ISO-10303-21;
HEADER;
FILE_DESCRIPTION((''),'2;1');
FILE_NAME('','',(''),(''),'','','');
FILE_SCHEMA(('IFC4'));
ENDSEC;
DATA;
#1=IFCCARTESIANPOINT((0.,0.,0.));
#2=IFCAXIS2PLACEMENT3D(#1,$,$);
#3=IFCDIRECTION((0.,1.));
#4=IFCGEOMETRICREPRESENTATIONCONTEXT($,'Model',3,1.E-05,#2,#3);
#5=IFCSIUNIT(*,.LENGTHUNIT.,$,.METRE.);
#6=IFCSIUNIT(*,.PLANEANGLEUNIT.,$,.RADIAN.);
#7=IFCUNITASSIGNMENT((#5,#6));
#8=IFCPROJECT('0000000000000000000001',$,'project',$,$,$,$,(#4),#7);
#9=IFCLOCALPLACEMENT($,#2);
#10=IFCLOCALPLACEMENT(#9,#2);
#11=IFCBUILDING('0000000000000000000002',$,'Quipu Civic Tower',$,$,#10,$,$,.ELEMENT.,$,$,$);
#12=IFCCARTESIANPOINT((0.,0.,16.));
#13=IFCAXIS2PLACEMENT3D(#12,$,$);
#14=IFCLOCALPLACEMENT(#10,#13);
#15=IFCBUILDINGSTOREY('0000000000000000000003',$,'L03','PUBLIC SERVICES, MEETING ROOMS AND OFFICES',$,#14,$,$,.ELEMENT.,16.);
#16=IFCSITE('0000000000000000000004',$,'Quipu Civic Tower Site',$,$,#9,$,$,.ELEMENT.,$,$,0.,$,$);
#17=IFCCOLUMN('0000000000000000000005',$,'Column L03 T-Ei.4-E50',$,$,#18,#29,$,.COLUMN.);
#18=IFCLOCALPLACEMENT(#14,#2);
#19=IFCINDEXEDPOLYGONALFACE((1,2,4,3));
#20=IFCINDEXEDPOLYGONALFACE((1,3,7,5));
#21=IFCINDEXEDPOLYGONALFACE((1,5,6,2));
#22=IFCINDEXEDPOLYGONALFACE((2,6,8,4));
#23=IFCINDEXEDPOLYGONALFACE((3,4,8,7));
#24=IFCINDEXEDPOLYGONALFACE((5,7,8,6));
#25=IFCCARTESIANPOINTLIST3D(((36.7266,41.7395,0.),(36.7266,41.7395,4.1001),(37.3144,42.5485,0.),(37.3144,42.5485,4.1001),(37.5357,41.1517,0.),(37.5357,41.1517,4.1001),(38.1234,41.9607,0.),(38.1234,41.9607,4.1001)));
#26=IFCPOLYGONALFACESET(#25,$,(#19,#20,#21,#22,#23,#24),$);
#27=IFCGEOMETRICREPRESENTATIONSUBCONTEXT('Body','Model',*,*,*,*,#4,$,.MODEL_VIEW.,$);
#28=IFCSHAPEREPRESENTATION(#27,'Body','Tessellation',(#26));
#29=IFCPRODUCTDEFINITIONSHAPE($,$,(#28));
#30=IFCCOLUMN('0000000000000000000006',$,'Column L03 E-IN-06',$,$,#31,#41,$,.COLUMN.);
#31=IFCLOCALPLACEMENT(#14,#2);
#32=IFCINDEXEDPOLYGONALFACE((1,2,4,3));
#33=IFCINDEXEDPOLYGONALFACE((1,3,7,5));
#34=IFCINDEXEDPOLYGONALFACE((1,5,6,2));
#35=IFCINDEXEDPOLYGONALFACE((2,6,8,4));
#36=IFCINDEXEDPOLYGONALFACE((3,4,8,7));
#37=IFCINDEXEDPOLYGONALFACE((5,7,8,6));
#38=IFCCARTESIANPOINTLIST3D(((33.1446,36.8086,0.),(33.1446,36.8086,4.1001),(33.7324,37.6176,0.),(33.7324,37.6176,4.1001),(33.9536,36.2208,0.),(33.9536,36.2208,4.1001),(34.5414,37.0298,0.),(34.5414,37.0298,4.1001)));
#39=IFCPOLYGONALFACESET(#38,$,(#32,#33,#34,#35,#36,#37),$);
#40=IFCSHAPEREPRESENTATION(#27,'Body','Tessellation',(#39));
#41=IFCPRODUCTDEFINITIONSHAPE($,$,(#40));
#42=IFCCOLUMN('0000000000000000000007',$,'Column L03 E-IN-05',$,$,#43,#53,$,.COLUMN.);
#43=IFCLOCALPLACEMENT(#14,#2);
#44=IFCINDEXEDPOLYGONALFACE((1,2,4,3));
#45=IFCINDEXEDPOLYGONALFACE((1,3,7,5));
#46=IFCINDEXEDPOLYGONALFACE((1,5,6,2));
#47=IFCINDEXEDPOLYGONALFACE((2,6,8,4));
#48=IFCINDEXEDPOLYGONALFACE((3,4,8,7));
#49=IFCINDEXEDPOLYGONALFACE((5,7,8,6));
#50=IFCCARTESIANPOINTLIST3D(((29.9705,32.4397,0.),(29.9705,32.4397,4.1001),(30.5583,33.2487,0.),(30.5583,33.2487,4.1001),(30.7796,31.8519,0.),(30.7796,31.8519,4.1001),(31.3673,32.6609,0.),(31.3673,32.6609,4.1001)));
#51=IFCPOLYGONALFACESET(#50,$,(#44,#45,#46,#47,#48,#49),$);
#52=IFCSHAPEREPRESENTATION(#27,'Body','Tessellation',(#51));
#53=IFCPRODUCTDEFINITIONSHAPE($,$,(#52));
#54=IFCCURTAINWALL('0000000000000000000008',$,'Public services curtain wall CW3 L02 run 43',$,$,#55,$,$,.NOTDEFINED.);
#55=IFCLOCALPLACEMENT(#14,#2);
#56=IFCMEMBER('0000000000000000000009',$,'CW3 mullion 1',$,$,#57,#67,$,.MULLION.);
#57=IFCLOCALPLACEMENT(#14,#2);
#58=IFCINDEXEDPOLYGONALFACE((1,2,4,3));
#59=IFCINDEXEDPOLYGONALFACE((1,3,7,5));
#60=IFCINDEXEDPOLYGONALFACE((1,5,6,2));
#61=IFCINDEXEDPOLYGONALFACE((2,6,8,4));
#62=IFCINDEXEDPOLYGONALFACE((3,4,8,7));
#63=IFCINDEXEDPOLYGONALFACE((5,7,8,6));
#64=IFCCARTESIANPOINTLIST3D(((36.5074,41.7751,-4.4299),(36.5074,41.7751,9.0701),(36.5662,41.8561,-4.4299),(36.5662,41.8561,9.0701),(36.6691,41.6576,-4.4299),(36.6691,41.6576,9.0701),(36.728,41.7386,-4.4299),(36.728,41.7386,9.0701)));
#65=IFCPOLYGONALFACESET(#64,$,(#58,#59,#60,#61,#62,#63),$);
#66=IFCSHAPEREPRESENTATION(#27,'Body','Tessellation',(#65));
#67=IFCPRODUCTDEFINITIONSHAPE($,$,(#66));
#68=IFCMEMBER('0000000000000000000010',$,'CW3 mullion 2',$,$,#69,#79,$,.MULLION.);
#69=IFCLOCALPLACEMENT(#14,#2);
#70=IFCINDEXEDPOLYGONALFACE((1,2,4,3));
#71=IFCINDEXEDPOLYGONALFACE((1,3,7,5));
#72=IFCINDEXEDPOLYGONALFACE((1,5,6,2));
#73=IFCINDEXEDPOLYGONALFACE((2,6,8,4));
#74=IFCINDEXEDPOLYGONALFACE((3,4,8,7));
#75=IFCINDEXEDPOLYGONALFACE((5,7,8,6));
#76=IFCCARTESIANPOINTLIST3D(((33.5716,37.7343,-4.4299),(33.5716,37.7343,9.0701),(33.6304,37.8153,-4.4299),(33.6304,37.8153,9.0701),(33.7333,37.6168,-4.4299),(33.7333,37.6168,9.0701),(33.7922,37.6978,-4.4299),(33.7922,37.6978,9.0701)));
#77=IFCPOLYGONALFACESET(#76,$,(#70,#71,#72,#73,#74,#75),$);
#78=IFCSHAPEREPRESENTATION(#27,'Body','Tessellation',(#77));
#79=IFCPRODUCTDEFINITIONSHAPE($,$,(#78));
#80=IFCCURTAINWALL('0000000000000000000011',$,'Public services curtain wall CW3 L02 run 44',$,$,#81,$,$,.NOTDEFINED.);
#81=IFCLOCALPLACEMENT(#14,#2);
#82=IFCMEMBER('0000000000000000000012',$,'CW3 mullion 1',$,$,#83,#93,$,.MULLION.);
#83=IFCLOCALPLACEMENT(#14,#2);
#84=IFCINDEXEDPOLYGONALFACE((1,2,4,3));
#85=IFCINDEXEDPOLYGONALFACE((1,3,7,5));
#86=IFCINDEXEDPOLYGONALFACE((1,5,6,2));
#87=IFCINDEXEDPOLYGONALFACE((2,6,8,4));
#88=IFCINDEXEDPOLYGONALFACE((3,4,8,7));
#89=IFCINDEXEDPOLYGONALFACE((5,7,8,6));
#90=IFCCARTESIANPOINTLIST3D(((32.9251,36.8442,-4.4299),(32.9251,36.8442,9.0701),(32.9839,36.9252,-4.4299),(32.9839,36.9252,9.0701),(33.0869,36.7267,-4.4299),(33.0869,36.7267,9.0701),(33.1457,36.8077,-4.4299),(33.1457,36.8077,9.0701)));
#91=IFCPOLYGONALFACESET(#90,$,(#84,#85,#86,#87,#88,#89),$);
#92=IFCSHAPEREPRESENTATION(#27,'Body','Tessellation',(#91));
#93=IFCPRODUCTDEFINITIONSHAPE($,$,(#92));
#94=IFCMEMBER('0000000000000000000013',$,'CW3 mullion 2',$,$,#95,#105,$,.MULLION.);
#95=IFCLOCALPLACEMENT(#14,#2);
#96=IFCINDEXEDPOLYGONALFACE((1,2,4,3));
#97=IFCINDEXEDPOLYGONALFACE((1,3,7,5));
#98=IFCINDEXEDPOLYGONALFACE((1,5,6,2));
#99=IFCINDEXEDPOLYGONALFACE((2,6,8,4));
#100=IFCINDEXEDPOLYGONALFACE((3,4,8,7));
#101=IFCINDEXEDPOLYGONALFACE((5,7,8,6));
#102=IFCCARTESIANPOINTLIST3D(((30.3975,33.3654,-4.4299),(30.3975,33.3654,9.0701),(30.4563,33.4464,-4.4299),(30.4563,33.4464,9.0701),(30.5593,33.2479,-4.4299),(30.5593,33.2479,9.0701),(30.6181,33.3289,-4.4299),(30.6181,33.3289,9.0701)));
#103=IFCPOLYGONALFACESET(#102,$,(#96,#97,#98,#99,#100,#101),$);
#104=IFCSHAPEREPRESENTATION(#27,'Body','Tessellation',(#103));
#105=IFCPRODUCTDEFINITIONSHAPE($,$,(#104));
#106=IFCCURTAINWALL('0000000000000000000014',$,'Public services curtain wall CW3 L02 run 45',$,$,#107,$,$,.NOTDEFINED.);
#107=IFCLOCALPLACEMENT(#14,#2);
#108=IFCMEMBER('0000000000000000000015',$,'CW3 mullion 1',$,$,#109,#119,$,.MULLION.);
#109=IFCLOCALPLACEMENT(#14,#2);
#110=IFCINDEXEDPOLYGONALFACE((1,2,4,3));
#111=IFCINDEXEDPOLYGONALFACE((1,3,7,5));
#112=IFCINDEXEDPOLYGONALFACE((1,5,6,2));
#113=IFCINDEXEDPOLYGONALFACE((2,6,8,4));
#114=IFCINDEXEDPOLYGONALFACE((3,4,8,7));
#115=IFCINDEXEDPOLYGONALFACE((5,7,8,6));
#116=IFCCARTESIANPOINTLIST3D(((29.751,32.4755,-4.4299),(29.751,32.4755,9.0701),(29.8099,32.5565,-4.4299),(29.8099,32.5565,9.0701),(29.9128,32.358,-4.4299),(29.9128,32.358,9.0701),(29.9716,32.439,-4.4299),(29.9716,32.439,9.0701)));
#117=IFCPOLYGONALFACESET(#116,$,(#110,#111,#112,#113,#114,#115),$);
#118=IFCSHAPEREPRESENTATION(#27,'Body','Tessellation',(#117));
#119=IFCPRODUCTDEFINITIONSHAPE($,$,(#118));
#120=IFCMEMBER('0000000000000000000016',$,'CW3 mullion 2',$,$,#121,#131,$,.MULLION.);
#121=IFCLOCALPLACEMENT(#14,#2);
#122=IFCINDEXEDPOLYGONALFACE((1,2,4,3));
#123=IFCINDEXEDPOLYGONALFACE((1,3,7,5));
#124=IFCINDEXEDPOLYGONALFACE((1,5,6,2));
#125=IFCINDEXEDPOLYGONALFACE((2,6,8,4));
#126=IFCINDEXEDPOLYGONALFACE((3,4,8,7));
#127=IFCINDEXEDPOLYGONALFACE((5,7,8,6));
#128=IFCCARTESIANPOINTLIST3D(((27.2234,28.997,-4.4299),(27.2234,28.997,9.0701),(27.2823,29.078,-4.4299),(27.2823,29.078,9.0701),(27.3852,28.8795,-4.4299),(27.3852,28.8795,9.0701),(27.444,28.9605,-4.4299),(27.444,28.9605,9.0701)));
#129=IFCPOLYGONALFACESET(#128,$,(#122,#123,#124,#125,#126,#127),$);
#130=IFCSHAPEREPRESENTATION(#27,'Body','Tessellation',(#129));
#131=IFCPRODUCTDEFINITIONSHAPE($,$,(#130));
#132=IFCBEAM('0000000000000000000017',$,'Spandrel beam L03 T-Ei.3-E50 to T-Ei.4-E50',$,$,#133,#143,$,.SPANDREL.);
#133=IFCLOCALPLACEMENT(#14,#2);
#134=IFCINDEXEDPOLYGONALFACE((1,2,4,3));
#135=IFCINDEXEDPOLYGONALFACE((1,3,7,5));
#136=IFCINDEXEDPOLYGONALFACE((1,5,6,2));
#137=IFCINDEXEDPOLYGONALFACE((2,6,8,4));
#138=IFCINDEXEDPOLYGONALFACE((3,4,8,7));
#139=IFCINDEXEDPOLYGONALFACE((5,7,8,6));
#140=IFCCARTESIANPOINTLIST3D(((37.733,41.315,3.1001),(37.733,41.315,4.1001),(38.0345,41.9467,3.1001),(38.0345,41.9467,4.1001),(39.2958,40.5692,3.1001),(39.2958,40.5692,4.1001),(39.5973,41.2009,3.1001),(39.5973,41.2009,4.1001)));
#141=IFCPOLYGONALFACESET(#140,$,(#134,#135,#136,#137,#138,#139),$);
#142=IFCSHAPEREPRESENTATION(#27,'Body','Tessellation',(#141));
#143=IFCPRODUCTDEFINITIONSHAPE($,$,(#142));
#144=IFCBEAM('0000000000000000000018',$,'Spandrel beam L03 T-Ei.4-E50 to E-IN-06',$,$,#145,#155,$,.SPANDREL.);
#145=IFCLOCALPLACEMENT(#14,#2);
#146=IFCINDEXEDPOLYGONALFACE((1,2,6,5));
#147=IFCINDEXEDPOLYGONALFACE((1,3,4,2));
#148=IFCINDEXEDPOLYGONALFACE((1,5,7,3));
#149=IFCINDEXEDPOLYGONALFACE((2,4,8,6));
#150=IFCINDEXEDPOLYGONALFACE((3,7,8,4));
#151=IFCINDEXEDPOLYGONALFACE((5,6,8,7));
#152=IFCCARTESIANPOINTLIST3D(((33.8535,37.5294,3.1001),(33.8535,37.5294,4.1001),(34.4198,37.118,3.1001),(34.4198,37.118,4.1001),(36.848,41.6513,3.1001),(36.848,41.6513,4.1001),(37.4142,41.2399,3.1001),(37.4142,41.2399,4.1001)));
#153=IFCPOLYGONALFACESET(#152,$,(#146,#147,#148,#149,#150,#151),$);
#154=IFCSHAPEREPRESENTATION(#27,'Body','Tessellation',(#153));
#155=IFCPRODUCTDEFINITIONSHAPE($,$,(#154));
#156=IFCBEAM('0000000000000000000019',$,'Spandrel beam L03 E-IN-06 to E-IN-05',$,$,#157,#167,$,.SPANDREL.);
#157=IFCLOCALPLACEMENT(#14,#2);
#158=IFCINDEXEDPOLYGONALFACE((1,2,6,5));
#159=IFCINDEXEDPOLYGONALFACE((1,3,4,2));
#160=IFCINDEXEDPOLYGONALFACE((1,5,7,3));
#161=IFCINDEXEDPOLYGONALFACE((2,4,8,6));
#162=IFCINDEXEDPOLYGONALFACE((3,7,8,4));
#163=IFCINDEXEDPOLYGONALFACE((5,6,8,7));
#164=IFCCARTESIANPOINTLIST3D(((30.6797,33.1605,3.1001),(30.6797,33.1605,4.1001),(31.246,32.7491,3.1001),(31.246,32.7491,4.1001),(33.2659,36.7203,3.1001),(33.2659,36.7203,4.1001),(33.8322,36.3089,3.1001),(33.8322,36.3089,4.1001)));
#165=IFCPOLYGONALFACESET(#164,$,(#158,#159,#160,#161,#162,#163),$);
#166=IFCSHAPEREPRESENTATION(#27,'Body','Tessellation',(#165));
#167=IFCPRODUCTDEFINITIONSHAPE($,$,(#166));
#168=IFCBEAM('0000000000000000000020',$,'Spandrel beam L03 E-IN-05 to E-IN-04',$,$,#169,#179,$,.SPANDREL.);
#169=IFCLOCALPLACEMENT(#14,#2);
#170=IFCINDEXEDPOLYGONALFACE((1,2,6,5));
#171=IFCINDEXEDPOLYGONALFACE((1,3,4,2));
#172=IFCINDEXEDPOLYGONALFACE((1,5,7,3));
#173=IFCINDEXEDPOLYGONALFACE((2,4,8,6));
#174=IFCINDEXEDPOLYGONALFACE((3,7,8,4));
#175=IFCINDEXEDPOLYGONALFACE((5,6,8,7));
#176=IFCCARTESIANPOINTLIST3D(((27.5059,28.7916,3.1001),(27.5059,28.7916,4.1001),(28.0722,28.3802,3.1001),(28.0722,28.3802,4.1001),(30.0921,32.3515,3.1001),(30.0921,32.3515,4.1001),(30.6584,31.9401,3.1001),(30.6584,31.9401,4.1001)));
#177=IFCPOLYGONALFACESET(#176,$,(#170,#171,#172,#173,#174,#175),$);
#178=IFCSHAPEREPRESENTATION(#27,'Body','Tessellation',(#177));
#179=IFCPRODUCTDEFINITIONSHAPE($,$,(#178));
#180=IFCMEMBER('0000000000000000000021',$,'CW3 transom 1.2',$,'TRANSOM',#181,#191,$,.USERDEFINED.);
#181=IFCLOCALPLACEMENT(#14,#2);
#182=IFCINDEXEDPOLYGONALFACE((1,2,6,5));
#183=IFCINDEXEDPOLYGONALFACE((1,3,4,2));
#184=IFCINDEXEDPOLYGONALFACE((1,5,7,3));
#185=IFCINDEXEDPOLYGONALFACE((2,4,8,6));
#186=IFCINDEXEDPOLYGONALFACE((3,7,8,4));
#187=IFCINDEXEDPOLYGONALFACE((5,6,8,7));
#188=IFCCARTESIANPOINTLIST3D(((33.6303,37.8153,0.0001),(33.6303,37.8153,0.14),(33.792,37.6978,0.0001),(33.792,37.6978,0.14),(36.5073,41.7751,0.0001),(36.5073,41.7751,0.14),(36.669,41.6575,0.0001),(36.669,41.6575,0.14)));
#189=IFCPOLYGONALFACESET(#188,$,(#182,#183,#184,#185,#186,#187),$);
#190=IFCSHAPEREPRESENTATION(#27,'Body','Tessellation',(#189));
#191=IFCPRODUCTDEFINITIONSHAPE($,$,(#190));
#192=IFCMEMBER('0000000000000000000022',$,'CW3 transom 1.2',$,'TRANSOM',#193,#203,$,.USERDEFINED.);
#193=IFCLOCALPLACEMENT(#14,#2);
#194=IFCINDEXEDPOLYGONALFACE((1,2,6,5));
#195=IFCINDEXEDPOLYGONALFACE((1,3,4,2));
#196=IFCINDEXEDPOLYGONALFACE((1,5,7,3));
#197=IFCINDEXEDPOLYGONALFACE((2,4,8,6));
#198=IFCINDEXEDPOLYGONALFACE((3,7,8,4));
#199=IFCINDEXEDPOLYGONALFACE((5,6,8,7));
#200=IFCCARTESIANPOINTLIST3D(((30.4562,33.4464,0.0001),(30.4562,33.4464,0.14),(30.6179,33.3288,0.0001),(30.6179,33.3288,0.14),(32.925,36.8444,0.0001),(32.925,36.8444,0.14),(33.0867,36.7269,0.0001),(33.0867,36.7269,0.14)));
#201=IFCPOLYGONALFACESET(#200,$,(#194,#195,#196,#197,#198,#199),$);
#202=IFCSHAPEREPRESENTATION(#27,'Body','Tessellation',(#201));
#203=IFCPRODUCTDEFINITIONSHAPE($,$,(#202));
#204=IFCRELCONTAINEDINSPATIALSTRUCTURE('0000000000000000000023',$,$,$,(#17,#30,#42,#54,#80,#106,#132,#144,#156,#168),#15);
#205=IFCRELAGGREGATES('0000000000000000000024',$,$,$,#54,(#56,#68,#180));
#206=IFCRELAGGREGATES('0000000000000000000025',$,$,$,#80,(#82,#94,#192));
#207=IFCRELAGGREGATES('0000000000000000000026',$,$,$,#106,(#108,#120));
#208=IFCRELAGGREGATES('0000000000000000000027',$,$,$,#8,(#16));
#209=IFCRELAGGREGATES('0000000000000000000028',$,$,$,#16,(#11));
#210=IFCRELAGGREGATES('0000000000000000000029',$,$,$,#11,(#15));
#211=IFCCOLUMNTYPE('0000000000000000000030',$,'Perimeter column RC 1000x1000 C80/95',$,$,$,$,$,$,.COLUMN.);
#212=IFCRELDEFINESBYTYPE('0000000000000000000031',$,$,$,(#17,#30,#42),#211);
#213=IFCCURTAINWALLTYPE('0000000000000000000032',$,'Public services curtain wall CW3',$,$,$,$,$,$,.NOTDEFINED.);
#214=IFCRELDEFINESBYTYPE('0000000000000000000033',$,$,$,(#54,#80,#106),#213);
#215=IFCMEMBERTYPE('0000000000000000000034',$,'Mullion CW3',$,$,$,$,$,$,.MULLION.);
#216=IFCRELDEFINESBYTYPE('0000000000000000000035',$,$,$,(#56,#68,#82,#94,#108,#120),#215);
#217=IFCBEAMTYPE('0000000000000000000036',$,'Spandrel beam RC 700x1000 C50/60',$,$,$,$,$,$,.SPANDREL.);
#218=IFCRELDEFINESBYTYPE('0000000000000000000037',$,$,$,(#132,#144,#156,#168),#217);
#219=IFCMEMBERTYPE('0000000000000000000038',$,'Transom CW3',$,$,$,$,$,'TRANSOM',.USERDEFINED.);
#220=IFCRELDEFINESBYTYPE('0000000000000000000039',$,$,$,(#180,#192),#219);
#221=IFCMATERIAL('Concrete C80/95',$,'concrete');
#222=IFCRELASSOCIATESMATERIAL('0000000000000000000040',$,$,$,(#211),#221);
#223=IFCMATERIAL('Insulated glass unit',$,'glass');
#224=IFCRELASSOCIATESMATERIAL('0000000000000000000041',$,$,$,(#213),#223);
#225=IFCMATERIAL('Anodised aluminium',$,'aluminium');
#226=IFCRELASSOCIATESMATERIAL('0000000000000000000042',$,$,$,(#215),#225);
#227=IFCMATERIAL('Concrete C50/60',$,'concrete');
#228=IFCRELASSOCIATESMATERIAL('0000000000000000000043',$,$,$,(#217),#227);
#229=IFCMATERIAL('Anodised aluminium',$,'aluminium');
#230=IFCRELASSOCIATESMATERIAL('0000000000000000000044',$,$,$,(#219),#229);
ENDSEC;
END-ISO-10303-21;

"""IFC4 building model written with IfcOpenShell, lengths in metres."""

from ifc_helpers import new_model, si_unit, direction, frame, origin, origin_2d, place, context, subcontext, project, spatial, rectangle, extrude, material, material_profile, profile_set, type_object, element, aggregate, save


model = new_model("IFC4")

# Units and contexts
model_context = context("Model", 3, precision=1e-05, world=origin(), true_north=direction((0.0, 1.0)))
body_context = subcontext(model_context, "Body", "Model", "MODEL_VIEW")
ifc_project = project(units=[si_unit("LENGTHUNIT", "METRE"), si_unit("PLANEANGLEUNIT", "RADIAN")], contexts=[model_context])

# Site, building, storey
site_placement = place(None, origin())
site = spatial("IfcSite", under=ifc_project, at=site_placement, Name="Quipu Civic Tower Site", CompositionType="ELEMENT", RefElevation=0.0)
building_placement = place(site_placement, origin())
building = spatial("IfcBuilding", under=site, at=building_placement, Name="Quipu Civic Tower", CompositionType="ELEMENT")
storey_placement = place(building_placement, frame((0.0, 0.0, 16.0)))
storey = spatial("IfcBuildingStorey", under=building, at=storey_placement, Name="L03", Description="PUBLIC SERVICES, MEETING ROOMS AND OFFICES", CompositionType="ELEMENT", Elevation=16.0)

# Columns
ifc_material_1 = material(Name="Concrete C80/95", Category="concrete")
ifc_material_profile_1 = material_profile(ifc_material_1, rectangle(XDim=1.0, YDim=1.0, at=origin_2d()), Name="RC1000x1000")
ifc_profile_set_1 = profile_set([ifc_material_profile_1], Name="Concrete C80/95")
column_type = type_object("IfcColumnType", Name="Perimeter column RC 1000x1000 C80/95", PredefinedType="COLUMN", material=ifc_profile_set_1)
for number, where, z_axis, x_axis, name in (
    (1, (37.425, 41.8501, 0.0), (0.0, 0.0, 1.0), (-0.587785, -0.809017, 0.0), "Column L03 T-Ei.4-E50"),
    (2, (33.843, 36.9192, 0.0), (0.0, 0.0, 1.0), (-0.587785, -0.809017, 0.0), "Column L03 E-IN-06"),
    (3, (30.6689, 32.5503, 0.0), (0.0, 0.0, 1.0), (-0.587785, -0.809017, 0.0), "Column L03 E-IN-05"),
):
    element("IfcColumn", number, at=place(storey_placement, frame(where, z_axis=z_axis, x_axis=x_axis)), inside=storey, type_object=column_type, Name=name, PredefinedType="COLUMN", context=body_context, shape_type="SweptSolid", body=[
        extrude(rectangle(XDim=1.0, YDim=1.0, at=origin_2d()), origin(), (0.0, 0.0, 1.0), 4.1001),
    ])

# Curtain walls, members
ifc_material_2 = material(Name="Insulated glass unit", Category="glass")
curtain_wall_type = type_object("IfcCurtainWallType", Name="Public services curtain wall CW3", PredefinedType="NOTDEFINED", material=ifc_material_2)
curtain_wall_1_placement = place(storey_placement, origin())
curtain_wall_1 = element("IfcCurtainWall", 4, at=curtain_wall_1_placement, inside=storey, type_object=curtain_wall_type, Name="Public services curtain wall CW3 L02 run 43", PredefinedType="NOTDEFINED")
ifc_material_3 = material(Name="Anodised aluminium", Category="aluminium")
ifc_material_profile_2 = material_profile(ifc_material_3, rectangle(XDim=0.2, YDim=0.1001, at=origin_2d()), Name="RECT 200x100")
ifc_profile_set_2 = profile_set([ifc_material_profile_2], Name="Anodised aluminium")
member_type_1 = type_object("IfcMemberType", Name="Mullion CW3", PredefinedType="MULLION", material=ifc_profile_set_2)
member_1_placement = place(storey_placement, frame((36.6177, 41.7568, -4.4299), z_axis=(0.0, 0.0, 1.0), x_axis=(0.809019, -0.587783, 0.0)))
member_1 = element("IfcMember", 5, at=member_1_placement, type_object=member_type_1, Name="CW3 mullion 1", PredefinedType="MULLION", context=body_context, shape_type="SweptSolid", body=[
    extrude(rectangle(XDim=0.2, YDim=0.1001, at=origin_2d()), origin(), (0.0, 0.0, 1.0), 13.5),
])
member_2_placement = place(storey_placement, frame((33.6819, 37.7161, -4.4299), z_axis=(0.0, 0.0, 1.0), x_axis=(0.809019, -0.587783, 0.0)))
member_2 = element("IfcMember", 6, at=member_2_placement, type_object=member_type_1, Name="CW3 mullion 2", PredefinedType="MULLION", context=body_context, shape_type="SweptSolid", body=[
    extrude(rectangle(XDim=0.2, YDim=0.1001, at=origin_2d()), origin(), (0.0, 0.0, 1.0), 13.5),
])
curtain_wall_2_placement = place(storey_placement, origin())
curtain_wall_2 = element("IfcCurtainWall", 7, at=curtain_wall_2_placement, inside=storey, type_object=curtain_wall_type, Name="Public services curtain wall CW3 L02 run 44", PredefinedType="NOTDEFINED")
member_3_placement = place(storey_placement, frame((33.0354, 36.8259, -4.4299), z_axis=(0.0, 0.0, 1.0), x_axis=(0.809014, -0.587789, 0.0)))
member_3 = element("IfcMember", 8, at=member_3_placement, type_object=member_type_1, Name="CW3 mullion 1", PredefinedType="MULLION", context=body_context, shape_type="SweptSolid", body=[
    extrude(rectangle(XDim=0.2, YDim=0.1001, at=origin_2d()), origin(), (0.0, 0.0, 1.0), 13.5),
])
member_4_placement = place(storey_placement, frame((30.5078, 33.3472, -4.4299), z_axis=(0.0, 0.0, 1.0), x_axis=(0.809014, -0.587789, 0.0)))
member_4 = element("IfcMember", 9, at=member_4_placement, type_object=member_type_1, Name="CW3 mullion 2", PredefinedType="MULLION", context=body_context, shape_type="SweptSolid", body=[
    extrude(rectangle(XDim=0.2, YDim=0.1001, at=origin_2d()), origin(), (0.0, 0.0, 1.0), 13.5),
])
curtain_wall_3_placement = place(storey_placement, origin())
curtain_wall_3 = element("IfcCurtainWall", 10, at=curtain_wall_3_placement, inside=storey, type_object=curtain_wall_type, Name="Public services curtain wall CW3 L02 run 45", PredefinedType="NOTDEFINED")
member_5_placement = place(storey_placement, frame((29.8613, 32.4573, -4.4299), z_axis=(0.0, 0.0, 1.0), x_axis=(0.809017, -0.587785, 0.0)))
member_5 = element("IfcMember", 11, at=member_5_placement, type_object=member_type_1, Name="CW3 mullion 1", PredefinedType="MULLION", context=body_context, shape_type="SweptSolid", body=[
    extrude(rectangle(XDim=0.2, YDim=0.1001, at=origin_2d()), origin(), (0.0, 0.0, 1.0), 13.5),
])
member_6_placement = place(storey_placement, frame((27.3337, 28.9788, -4.4299), z_axis=(0.0, 0.0, 1.0), x_axis=(0.809017, -0.587785, 0.0)))
member_6 = element("IfcMember", 12, at=member_6_placement, type_object=member_type_1, Name="CW3 mullion 2", PredefinedType="MULLION", context=body_context, shape_type="SweptSolid", body=[
    extrude(rectangle(XDim=0.2, YDim=0.1001, at=origin_2d()), origin(), (0.0, 0.0, 1.0), 13.5),
])

# Beams
ifc_material_4 = material(Name="Concrete C50/60", Category="concrete")
ifc_material_profile_3 = material_profile(ifc_material_4, rectangle(XDim=0.7, YDim=1.0, at=origin_2d()), Name="RC700x1000")
ifc_profile_set_3 = profile_set([ifc_material_profile_3], Name="Concrete C50/60")
beam_type = type_object("IfcBeamType", Name="Spandrel beam RC 700x1000 C50/60", PredefinedType="SPANDREL", material=ifc_profile_set_3)
beam_1_placement = place(storey_placement, frame((39.4465, 40.885, 3.6001), z_axis=(-0.902482, 0.430727, 0.0), x_axis=(-0.430727, -0.902482, 0.0)))
element("IfcBeam", 13, at=beam_1_placement, inside=storey, type_object=beam_type, Name="Spandrel beam L03 T-Ei.3-E50 to T-Ei.4-E50", PredefinedType="SPANDREL", context=body_context, shape_type="SweptSolid", body=[
    extrude(rectangle(XDim=0.7, YDim=1.0, at=origin_2d()), origin(), (0.0, 0.0, 1.0), 1.7317),
])
beam_2_placement = place(storey_placement, frame((37.1311, 41.4456, 3.6001), z_axis=(-0.587747, -0.809045, 0.0), x_axis=(0.809045, -0.587747, 0.0)))
element("IfcBeam", 14, at=beam_2_placement, inside=storey, type_object=beam_type, Name="Spandrel beam L03 T-Ei.4-E50 to E-IN-06", PredefinedType="SPANDREL", context=body_context, shape_type="SweptSolid", body=[
    extrude(rectangle(XDim=0.7, YDim=1.0, at=origin_2d()), origin(), (0.0, 0.0, 1.0), 5.0947),
])
for number, where, z_axis, x_axis, name in (
    (15, (33.5491, 36.5146, 3.6001), (-0.587759, -0.809036, 0.0), (0.809036, -0.587759, 0.0), "Spandrel beam L03 E-IN-06 to E-IN-05"),
    (16, (30.3752, 32.1458, 3.6001), (-0.587759, -0.809036, 0.0), (0.809036, -0.587759, 0.0), "Spandrel beam L03 E-IN-05 to E-IN-04"),
):
    element("IfcBeam", number, at=place(storey_placement, frame(where, z_axis=z_axis, x_axis=x_axis)), inside=storey, type_object=beam_type, Name=name, PredefinedType="SPANDREL", context=body_context, shape_type="SweptSolid", body=[
        extrude(rectangle(XDim=0.7, YDim=1.0, at=origin_2d()), origin(), (0.0, 0.0, 1.0), 4.4001),
    ])

# Members
ifc_material_5 = material(Name="Anodised aluminium", Category="aluminium")
ifc_material_profile_4 = material_profile(ifc_material_5, rectangle(XDim=0.2, YDim=0.1399, at=origin_2d()), Name="RECT 200x140")
ifc_profile_set_4 = profile_set([ifc_material_profile_4], Name="Anodised aluminium")
member_type_2 = type_object("IfcMemberType", Name="Transom CW3", ElementType="TRANSOM", PredefinedType="USERDEFINED", material=ifc_profile_set_4)
member_7_placement = place(storey_placement, frame((36.5881, 41.7163, 0.0701), z_axis=(-0.587792, -0.809012, 0.0), x_axis=(0.809012, -0.587792, 0.0)))
member_7 = element("IfcMember", 17, at=member_7_placement, type_object=member_type_2, Name="CW3 transom 1.2", ObjectType="TRANSOM", PredefinedType="USERDEFINED", context=body_context, shape_type="SweptSolid", body=[
    extrude(rectangle(XDim=0.2, YDim=0.1399, at=origin_2d()), origin(), (0.0, 0.0, 1.0), 4.8945),
])
member_8_placement = place(storey_placement, frame((33.0059, 36.7856, 0.0701), z_axis=(-0.587785, -0.809018, 0.0), x_axis=(0.809018, -0.587785, 0.0)))
member_8 = element("IfcMember", 18, at=member_8_placement, type_object=member_type_2, Name="CW3 transom 1.2", ObjectType="TRANSOM", PredefinedType="USERDEFINED", context=body_context, shape_type="SweptSolid", body=[
    extrude(rectangle(XDim=0.2, YDim=0.1399, at=origin_2d()), origin(), (0.0, 0.0, 1.0), 4.2002),
])

aggregate(curtain_wall_1, [member_1, member_2, member_7])
aggregate(curtain_wall_2, [member_3, member_4, member_8])
aggregate(curtain_wall_3, [member_5, member_6])

save(model, "model.ifc")
